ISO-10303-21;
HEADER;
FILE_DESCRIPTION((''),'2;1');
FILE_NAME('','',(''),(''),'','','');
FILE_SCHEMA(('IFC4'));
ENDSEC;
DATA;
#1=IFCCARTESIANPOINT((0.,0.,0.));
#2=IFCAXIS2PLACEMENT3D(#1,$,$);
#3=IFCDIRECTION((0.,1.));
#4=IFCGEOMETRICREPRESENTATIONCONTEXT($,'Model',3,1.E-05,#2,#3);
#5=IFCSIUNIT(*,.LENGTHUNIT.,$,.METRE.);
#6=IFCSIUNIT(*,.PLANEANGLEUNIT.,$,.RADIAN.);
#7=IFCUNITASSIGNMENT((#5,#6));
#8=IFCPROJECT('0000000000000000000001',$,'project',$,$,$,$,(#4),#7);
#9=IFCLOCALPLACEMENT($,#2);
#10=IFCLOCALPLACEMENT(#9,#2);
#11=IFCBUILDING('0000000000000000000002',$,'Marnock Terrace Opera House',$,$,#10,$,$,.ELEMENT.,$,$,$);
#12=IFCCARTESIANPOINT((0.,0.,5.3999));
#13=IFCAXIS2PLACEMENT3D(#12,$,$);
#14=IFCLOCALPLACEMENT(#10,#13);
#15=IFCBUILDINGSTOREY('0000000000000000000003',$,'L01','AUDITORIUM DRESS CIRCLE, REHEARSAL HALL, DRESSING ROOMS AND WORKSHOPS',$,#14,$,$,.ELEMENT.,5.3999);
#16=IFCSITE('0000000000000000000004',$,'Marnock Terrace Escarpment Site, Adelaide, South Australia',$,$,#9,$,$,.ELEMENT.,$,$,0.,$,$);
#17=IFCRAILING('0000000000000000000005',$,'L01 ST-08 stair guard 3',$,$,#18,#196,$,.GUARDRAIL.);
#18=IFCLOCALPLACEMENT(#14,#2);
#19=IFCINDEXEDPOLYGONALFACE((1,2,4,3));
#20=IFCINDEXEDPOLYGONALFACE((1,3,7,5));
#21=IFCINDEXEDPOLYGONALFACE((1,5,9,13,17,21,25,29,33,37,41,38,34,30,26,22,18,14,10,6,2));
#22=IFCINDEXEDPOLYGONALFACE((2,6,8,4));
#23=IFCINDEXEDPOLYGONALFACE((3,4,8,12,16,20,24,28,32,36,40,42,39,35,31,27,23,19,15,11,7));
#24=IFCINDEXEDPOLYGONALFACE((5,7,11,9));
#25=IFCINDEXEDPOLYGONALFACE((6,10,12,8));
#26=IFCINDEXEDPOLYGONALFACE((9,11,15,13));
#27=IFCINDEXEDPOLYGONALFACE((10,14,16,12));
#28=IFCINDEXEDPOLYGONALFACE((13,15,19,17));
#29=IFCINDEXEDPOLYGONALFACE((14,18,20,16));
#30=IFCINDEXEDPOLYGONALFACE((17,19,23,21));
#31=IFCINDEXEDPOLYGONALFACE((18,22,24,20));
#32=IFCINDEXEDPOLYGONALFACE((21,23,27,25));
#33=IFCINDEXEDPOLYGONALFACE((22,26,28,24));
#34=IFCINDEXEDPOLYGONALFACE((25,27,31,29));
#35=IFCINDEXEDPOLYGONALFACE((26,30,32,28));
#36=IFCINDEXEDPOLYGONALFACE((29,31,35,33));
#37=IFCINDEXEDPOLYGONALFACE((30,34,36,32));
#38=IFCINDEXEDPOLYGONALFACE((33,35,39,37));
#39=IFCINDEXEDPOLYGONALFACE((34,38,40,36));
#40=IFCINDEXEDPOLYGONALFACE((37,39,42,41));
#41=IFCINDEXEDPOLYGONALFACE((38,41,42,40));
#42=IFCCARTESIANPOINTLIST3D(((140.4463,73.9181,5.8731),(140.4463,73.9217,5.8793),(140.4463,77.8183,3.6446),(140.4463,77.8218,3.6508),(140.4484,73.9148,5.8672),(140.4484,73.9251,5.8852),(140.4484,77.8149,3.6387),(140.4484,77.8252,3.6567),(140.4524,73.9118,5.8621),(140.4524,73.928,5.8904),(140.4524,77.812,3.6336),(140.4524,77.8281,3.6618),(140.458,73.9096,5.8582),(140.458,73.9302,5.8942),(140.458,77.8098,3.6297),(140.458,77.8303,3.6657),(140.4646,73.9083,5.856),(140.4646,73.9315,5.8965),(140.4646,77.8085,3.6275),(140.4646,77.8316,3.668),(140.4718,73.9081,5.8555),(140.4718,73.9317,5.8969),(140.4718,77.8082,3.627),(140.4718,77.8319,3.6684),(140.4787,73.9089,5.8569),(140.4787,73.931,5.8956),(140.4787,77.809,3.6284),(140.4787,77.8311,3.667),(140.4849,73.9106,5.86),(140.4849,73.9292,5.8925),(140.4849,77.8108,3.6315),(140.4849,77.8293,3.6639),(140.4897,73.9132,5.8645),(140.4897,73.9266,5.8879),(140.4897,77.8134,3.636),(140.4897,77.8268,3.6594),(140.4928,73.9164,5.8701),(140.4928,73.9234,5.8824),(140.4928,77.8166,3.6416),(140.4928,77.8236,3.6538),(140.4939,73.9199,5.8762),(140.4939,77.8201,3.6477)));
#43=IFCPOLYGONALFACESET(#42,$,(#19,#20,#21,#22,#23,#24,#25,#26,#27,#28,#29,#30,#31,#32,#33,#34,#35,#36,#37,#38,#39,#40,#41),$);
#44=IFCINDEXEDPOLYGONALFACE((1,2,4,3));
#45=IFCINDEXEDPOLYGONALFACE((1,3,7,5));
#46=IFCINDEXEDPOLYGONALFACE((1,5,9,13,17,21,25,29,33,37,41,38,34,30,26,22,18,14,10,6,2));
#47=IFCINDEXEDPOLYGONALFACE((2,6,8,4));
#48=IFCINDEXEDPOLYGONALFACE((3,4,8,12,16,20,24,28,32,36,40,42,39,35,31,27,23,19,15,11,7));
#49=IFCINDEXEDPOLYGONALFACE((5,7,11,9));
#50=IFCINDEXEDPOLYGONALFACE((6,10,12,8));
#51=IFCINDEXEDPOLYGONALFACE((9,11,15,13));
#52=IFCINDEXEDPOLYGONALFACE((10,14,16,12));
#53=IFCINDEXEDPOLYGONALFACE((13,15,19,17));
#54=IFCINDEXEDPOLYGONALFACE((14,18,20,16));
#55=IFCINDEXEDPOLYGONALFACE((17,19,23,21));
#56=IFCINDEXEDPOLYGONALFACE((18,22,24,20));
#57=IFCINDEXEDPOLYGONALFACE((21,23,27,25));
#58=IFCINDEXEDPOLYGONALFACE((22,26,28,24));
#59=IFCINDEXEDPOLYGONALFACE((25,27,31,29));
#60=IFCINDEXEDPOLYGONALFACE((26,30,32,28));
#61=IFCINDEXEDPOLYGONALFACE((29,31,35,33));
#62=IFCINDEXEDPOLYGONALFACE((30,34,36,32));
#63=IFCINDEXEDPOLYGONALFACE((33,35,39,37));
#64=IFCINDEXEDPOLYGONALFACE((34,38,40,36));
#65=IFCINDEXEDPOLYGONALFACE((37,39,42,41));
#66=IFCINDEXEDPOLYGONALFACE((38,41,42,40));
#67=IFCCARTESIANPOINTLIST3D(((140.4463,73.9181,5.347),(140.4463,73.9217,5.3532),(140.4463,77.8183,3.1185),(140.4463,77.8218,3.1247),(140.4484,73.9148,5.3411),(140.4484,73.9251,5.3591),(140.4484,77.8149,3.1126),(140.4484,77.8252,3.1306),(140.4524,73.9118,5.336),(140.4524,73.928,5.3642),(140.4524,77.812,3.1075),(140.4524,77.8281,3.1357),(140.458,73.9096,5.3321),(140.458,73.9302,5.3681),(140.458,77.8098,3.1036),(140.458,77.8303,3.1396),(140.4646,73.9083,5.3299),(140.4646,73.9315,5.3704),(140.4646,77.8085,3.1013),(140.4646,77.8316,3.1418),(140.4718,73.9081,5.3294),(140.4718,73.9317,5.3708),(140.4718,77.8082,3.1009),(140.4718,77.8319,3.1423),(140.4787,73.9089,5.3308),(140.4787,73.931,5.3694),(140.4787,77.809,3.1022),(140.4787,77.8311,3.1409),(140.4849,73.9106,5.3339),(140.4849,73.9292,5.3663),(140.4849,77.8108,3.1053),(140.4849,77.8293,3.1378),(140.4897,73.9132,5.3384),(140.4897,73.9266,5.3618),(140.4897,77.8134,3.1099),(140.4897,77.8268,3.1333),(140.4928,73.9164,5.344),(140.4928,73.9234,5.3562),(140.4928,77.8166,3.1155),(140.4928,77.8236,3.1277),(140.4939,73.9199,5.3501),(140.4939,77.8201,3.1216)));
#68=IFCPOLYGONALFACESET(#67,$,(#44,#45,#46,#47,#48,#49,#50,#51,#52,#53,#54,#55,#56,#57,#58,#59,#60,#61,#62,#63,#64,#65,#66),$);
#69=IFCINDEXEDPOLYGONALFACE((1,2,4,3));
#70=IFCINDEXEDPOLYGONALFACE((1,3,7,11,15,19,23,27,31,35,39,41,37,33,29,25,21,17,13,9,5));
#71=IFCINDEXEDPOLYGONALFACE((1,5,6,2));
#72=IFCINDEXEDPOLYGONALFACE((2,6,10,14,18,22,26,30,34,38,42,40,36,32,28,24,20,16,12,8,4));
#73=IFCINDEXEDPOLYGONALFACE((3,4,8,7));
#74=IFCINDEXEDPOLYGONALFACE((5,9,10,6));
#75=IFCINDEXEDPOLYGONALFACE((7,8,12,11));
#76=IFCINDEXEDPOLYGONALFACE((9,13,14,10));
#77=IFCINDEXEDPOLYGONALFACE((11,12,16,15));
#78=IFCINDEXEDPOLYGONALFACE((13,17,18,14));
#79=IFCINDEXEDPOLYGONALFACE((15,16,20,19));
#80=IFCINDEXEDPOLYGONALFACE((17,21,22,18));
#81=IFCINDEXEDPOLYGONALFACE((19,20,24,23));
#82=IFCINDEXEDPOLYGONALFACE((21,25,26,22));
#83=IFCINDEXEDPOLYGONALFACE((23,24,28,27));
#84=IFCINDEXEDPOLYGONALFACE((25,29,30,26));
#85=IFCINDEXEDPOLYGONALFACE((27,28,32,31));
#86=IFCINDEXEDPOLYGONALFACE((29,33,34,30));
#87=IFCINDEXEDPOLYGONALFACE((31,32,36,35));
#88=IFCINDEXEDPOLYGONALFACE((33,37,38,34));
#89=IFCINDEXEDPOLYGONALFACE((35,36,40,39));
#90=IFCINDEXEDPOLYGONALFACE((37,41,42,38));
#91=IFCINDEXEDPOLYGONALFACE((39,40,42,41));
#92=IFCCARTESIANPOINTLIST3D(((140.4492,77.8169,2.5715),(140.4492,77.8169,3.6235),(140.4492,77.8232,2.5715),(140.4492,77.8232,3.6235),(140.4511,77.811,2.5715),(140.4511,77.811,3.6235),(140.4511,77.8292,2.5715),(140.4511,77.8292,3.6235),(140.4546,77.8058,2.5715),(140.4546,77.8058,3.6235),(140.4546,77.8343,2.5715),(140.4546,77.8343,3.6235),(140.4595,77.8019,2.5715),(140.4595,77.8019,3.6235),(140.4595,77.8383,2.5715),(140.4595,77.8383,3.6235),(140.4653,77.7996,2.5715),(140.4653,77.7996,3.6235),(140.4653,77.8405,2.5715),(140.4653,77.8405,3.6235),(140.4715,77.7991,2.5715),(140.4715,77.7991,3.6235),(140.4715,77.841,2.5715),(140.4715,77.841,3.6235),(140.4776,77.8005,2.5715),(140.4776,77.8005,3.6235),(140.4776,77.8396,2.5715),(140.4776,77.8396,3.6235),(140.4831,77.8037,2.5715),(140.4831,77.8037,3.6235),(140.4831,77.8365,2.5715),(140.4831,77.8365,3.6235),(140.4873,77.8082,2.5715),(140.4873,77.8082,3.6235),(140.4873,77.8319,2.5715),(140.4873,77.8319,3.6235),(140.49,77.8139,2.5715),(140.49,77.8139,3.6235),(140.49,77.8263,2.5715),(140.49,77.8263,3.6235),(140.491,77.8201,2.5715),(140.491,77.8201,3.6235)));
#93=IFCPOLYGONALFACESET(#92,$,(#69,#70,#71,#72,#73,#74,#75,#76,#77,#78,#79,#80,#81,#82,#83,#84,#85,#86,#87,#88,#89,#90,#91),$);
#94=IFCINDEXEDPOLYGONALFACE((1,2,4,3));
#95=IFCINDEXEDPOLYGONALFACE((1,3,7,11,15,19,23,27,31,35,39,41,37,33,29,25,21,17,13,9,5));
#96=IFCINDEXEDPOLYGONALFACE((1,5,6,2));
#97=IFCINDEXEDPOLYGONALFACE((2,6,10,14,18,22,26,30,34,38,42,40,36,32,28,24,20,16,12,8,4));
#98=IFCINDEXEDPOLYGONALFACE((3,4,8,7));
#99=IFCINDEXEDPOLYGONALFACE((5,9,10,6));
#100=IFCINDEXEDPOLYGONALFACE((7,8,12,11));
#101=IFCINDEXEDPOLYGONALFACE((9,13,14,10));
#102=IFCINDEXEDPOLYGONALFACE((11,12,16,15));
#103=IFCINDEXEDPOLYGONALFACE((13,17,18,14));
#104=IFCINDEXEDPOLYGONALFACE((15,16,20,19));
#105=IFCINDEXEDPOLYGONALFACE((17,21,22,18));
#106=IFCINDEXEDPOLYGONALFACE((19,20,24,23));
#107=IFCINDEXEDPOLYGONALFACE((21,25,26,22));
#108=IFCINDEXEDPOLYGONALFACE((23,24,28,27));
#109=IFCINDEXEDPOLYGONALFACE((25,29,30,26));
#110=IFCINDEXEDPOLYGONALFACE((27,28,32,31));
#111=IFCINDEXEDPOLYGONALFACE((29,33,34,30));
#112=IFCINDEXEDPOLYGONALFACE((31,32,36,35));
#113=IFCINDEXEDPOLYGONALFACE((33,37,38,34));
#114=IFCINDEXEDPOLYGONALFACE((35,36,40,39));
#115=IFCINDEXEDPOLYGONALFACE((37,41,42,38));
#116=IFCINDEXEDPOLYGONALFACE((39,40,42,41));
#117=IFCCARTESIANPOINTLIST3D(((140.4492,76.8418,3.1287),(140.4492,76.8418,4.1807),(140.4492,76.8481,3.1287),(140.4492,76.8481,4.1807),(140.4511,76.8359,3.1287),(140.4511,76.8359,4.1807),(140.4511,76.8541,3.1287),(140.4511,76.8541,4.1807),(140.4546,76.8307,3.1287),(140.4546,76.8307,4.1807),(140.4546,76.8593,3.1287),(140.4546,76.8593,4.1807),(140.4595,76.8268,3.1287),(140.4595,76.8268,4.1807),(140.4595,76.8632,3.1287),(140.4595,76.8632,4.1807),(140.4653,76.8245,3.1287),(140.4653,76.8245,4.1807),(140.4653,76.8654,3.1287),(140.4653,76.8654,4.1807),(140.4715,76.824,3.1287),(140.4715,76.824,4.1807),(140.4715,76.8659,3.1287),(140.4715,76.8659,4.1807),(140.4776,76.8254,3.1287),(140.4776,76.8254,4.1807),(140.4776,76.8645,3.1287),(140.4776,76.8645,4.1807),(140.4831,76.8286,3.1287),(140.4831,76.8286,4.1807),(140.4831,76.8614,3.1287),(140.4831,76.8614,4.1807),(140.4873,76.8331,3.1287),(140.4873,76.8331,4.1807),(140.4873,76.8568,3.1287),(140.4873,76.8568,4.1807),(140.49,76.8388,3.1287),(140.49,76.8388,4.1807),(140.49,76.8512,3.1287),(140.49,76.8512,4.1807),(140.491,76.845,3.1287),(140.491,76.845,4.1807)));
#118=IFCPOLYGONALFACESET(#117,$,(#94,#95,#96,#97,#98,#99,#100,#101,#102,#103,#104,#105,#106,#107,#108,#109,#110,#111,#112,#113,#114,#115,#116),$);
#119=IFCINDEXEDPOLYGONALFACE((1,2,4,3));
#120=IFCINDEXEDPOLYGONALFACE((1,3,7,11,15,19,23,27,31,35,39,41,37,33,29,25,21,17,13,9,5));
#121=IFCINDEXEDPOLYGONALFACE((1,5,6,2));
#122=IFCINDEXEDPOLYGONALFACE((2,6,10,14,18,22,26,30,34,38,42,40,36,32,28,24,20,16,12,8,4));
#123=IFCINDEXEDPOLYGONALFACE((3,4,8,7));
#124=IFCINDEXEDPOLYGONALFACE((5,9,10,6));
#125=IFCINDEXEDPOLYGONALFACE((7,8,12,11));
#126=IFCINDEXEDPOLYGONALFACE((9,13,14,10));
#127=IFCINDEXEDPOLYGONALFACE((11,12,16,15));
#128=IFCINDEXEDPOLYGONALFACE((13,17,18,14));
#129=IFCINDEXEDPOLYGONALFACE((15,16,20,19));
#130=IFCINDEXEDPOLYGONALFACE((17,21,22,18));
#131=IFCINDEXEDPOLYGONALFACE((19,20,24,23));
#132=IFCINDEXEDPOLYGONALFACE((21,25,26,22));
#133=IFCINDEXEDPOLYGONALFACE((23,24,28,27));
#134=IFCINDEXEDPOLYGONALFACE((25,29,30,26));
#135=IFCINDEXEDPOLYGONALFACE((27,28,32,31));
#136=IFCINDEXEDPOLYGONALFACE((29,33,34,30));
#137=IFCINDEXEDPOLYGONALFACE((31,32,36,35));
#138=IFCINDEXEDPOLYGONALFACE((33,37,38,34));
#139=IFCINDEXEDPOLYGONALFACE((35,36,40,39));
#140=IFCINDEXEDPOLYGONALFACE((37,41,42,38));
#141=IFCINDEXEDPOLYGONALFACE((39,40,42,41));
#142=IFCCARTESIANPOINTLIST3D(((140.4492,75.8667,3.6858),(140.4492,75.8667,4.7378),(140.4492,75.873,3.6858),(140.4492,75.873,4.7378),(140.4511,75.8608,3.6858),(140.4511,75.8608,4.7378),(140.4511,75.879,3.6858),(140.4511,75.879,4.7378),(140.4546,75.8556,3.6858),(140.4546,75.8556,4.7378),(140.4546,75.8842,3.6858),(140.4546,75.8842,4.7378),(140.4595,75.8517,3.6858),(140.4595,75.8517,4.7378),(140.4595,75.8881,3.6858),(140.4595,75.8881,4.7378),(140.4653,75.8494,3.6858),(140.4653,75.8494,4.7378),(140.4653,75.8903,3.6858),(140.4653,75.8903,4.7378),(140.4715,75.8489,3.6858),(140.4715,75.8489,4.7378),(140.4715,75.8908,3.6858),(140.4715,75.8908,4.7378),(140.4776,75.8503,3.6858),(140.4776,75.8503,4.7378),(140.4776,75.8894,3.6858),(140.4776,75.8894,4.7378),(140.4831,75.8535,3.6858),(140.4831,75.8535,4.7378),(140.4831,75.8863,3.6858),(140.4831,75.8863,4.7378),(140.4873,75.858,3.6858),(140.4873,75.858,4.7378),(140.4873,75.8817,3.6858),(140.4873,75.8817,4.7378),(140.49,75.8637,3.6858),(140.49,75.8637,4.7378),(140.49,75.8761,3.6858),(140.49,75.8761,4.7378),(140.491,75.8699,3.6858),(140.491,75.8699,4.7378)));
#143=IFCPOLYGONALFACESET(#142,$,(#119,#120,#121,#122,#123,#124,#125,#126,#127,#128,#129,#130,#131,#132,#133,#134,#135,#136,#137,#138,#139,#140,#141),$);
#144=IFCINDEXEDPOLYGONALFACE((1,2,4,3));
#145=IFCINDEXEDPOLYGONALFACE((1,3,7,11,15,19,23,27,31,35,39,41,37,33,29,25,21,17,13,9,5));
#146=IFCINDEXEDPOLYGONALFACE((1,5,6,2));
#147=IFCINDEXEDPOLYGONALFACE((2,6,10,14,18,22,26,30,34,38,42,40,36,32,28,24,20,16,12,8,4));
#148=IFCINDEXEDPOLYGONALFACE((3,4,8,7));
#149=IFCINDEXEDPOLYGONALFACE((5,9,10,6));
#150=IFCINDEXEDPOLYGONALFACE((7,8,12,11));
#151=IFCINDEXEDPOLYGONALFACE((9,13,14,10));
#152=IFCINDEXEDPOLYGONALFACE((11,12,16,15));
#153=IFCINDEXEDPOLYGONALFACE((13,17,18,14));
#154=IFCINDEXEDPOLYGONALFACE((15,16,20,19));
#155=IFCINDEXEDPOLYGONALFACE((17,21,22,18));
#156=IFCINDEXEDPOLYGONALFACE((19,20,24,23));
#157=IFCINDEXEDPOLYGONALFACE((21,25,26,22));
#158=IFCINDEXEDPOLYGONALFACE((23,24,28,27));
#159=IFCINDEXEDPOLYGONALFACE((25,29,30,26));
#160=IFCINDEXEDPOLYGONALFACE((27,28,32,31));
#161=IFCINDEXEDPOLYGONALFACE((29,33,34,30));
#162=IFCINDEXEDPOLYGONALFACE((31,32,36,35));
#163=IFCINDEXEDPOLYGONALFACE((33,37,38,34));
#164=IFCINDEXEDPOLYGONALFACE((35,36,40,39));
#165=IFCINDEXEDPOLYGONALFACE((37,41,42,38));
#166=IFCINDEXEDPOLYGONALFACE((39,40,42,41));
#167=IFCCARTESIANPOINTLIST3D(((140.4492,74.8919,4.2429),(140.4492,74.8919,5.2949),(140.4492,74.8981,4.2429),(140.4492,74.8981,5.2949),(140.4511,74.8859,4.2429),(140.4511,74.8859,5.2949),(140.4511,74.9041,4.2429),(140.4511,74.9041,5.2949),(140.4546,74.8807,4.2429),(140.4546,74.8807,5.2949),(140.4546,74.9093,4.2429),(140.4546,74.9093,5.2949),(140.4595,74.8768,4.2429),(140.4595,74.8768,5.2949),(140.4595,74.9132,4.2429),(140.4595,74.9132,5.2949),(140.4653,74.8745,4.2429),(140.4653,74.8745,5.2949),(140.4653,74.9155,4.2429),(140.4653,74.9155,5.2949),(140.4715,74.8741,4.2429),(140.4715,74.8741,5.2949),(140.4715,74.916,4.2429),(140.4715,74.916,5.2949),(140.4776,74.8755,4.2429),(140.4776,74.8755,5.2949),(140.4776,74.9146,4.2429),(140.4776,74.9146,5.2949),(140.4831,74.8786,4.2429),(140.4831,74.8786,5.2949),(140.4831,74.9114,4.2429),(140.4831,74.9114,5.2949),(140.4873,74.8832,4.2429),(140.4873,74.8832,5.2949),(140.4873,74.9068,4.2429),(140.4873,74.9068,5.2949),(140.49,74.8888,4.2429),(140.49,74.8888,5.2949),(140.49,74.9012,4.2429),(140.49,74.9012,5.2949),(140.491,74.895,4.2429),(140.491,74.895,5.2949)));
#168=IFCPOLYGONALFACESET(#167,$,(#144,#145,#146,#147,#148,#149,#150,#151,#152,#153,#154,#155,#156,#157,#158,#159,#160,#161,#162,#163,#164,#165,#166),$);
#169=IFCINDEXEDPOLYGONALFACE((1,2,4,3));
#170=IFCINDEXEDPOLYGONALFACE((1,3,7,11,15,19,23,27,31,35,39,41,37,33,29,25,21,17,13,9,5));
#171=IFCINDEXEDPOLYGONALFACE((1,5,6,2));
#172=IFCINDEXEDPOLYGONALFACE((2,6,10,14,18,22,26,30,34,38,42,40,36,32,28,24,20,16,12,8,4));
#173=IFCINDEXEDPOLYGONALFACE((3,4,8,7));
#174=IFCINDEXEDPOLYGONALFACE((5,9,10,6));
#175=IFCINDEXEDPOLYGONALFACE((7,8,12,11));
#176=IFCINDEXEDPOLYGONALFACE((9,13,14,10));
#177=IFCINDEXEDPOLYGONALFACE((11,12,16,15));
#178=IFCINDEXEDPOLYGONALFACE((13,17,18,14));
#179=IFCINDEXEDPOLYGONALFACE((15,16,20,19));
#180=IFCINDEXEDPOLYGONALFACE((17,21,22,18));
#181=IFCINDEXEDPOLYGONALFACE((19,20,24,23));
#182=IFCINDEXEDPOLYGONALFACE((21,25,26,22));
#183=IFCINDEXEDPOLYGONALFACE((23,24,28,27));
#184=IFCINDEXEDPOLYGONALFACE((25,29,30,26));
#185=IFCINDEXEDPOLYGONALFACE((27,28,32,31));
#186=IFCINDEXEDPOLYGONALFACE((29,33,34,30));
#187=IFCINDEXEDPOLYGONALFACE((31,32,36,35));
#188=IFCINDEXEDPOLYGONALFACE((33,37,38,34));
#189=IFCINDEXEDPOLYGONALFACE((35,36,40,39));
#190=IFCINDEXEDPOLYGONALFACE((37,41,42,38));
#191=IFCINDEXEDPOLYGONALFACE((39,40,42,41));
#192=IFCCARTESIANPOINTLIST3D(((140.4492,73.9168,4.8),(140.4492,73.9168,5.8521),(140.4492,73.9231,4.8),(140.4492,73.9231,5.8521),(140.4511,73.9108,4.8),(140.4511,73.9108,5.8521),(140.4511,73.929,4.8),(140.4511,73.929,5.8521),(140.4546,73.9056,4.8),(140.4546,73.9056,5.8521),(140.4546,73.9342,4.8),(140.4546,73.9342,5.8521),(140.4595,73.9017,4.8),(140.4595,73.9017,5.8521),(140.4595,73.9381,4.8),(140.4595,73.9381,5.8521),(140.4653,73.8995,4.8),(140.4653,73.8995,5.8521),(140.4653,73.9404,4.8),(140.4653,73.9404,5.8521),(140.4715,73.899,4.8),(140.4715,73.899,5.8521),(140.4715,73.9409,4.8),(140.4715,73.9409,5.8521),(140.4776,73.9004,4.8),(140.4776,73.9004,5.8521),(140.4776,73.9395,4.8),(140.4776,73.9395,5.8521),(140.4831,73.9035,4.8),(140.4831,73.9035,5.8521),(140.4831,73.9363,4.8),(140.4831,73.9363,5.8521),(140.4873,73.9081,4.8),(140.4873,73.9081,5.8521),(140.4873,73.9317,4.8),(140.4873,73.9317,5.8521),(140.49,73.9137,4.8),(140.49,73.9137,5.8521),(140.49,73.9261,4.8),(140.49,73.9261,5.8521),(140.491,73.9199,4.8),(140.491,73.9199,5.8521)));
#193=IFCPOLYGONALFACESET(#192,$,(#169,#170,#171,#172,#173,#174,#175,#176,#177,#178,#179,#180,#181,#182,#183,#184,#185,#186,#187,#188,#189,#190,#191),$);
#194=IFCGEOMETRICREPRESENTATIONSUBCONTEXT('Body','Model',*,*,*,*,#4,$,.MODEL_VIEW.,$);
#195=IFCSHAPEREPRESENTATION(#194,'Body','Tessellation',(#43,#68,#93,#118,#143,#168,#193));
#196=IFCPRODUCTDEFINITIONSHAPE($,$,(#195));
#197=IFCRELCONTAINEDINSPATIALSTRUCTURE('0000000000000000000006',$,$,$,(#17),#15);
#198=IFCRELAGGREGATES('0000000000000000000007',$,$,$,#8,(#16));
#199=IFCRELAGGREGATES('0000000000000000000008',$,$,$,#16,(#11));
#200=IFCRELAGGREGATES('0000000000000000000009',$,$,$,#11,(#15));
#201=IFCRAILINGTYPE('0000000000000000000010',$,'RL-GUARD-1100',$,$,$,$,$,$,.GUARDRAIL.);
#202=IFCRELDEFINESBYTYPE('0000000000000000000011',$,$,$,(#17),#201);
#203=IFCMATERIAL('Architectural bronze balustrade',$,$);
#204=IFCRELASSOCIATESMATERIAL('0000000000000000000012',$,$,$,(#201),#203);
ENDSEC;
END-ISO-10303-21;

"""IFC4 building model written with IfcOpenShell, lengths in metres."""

from ifc_helpers import new_model, si_unit, direction, frame, origin, origin_2d, place, context, subcontext, project, spatial, circle, extrude, material, type_object, element, save


model = new_model("IFC4")

# Units and contexts
model_context = context("Model", 3, precision=1e-05, world=origin(), true_north=direction((0.0, 1.0)))
body_context = subcontext(model_context, "Body", "Model", "MODEL_VIEW")
ifc_project = project(units=[si_unit("LENGTHUNIT", "METRE"), si_unit("PLANEANGLEUNIT", "RADIAN")], contexts=[model_context])

# Site, building, storey
site_placement = place(None, origin())
site = spatial("IfcSite", under=ifc_project, at=site_placement, Name="Marnock Terrace Escarpment Site, Adelaide, South Australia", CompositionType="ELEMENT", RefElevation=0.0)
building_placement = place(site_placement, origin())
building = spatial("IfcBuilding", under=site, at=building_placement, Name="Marnock Terrace Opera House", CompositionType="ELEMENT")
storey_placement = place(building_placement, frame((0.0, 0.0, 5.3999)))
storey = spatial("IfcBuildingStorey", under=building, at=storey_placement, Name="L01", Description="AUDITORIUM DRESS CIRCLE, REHEARSAL HALL, DRESSING ROOMS AND WORKSHOPS", CompositionType="ELEMENT", Elevation=5.3999)

# Railing
ifc_material_1 = material(Name="Architectural bronze balustrade")
railing_type_1 = type_object("IfcRailingType", Name="RL-GUARD-1100", PredefinedType="GUARDRAIL", material=ifc_material_1)
railing_1_placement = place(storey_placement, frame((140.47, 77.8201, 2.5715)))
element("IfcRailing", 1, at=railing_1_placement, inside=storey, type_object=railing_type_1, Name="L01 ST-08 stair guard 3", PredefinedType="GUARDRAIL", context=body_context, shape_type="SweptSolid", body=[
    extrude(circle(Radius=0.0239, at=origin_2d()), frame((0.0, 0.0, 1.0762), z_axis=(0.0, -0.868257, 0.496116), x_axis=(1.0, 0.0, 0.0)), (0.0, 0.0, 1.0), 4.4919),
    extrude(circle(Radius=0.0239, at=origin_2d()), frame((0.0, 0.0, 0.55), z_axis=(0.0, -0.868257, 0.496116), x_axis=(1.0, 0.0, 0.0)), (0.0, 0.0, 1.0), 4.4919),
    extrude(circle(Radius=0.021, at=origin_2d()), origin(), (0.0, 0.0, 1.0), 1.052),
    extrude(circle(Radius=0.021, at=origin_2d()), frame((0.0, -0.9751, 0.5571)), (0.0, 0.0, 1.0), 1.052),
    extrude(circle(Radius=0.021, at=origin_2d()), frame((0.0, -1.9502, 1.1143)), (0.0, 0.0, 1.0), 1.052),
    extrude(circle(Radius=0.021, at=origin_2d()), frame((0.0, -2.925, 1.6714)), (0.0, 0.0, 1.0), 1.052),
    extrude(circle(Radius=0.021, at=origin_2d()), frame((0.0, -3.9001, 2.2285)), (0.0, 0.0, 1.0), 1.052),
])

save(model, "model.ifc")
